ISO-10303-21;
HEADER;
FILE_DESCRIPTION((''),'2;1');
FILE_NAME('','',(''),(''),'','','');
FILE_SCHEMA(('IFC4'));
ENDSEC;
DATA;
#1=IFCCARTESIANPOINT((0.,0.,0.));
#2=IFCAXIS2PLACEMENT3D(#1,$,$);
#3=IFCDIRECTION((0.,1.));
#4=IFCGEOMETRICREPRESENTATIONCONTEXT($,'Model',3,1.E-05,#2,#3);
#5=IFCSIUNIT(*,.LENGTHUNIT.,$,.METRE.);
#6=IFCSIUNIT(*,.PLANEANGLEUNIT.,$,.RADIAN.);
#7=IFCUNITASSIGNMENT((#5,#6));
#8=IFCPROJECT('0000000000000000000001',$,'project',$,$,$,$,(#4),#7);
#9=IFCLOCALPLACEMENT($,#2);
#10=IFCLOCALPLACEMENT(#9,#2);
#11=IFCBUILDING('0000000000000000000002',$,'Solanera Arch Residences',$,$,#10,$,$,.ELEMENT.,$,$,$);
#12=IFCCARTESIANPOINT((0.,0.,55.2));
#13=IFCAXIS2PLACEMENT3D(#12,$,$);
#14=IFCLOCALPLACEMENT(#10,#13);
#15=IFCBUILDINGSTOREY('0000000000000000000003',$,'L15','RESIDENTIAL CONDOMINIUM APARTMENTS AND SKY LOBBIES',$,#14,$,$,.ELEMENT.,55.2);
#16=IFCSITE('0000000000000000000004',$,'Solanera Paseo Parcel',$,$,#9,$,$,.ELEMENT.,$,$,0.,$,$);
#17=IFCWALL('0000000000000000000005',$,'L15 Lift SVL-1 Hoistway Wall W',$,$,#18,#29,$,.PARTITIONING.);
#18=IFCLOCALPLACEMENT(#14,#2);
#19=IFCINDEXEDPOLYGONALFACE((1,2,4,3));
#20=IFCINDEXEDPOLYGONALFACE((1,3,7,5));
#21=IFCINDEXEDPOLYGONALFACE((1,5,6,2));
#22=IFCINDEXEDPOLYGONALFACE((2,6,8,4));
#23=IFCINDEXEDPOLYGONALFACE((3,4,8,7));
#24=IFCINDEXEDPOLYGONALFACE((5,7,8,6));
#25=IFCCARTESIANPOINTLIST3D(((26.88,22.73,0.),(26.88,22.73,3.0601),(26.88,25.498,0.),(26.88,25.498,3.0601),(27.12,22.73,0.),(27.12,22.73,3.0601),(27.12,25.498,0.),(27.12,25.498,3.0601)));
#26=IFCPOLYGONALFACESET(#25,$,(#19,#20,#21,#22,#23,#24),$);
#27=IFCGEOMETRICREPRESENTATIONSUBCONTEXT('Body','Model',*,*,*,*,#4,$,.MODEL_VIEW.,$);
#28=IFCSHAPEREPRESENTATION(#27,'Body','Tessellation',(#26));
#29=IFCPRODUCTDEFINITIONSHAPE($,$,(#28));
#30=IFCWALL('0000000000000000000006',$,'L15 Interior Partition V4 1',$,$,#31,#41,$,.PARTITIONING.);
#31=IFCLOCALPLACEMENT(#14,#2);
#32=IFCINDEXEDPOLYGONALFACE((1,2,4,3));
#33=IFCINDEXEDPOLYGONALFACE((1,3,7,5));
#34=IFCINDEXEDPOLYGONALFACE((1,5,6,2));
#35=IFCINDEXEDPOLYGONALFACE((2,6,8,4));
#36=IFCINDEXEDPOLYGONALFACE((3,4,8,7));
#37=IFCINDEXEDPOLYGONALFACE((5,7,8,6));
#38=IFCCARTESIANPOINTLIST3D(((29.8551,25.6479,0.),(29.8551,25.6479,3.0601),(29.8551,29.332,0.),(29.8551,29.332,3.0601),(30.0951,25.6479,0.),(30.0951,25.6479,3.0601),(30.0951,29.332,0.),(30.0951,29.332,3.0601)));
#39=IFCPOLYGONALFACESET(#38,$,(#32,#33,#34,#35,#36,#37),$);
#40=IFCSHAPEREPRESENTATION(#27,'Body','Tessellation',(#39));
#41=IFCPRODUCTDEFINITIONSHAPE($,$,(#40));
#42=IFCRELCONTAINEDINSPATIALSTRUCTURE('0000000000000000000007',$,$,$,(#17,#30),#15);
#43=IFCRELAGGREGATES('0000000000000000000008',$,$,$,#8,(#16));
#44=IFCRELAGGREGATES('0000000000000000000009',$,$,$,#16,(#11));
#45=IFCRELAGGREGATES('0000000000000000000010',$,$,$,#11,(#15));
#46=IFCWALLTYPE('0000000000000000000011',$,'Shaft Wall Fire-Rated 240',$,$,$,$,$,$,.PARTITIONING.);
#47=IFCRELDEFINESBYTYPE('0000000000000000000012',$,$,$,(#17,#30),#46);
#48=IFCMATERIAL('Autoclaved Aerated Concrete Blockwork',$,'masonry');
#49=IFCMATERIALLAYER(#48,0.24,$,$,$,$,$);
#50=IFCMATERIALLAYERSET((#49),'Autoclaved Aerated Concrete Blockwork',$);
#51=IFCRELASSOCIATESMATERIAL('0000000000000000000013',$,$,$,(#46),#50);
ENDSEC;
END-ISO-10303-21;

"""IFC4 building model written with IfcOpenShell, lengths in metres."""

from ifc_helpers import new_model, si_unit, direction, frame, frame_2d, origin, place, context, subcontext, project, spatial, rectangle, extrude, material, layer, layer_set, type_object, element, save


model = new_model("IFC4")

# Units and contexts
model_context = context("Model", 3, precision=1e-05, world=origin(), true_north=direction((0.0, 1.0)))
body_context = subcontext(model_context, "Body", "Model", "MODEL_VIEW")
ifc_project = project(units=[si_unit("LENGTHUNIT", "METRE"), si_unit("PLANEANGLEUNIT", "RADIAN")], contexts=[model_context])

# Site, building, storey
site_placement = place(None, origin())
site = spatial("IfcSite", under=ifc_project, at=site_placement, Name="Solanera Paseo Parcel", CompositionType="ELEMENT", RefElevation=0.0)
building_placement = place(site_placement, origin())
building = spatial("IfcBuilding", under=site, at=building_placement, Name="Solanera Arch Residences", CompositionType="ELEMENT")
storey_placement = place(building_placement, frame((0.0, 0.0, 55.2)))
storey = spatial("IfcBuildingStorey", under=building, at=storey_placement, Name="L15", Description="RESIDENTIAL CONDOMINIUM APARTMENTS AND SKY LOBBIES", CompositionType="ELEMENT", Elevation=55.2)

# Walls
ifc_material_1 = material(Name="Autoclaved Aerated Concrete Blockwork", Category="masonry")
ifc_layer_1 = layer(ifc_material_1, 0.24)
ifc_layer_set_1 = layer_set([ifc_layer_1], Name="Autoclaved Aerated Concrete Blockwork")
wall_type_1 = type_object("IfcWallType", Name="Shaft Wall Fire-Rated 240", PredefinedType="PARTITIONING", material=ifc_layer_set_1)
wall_1_placement = place(storey_placement, frame((27.0, 22.73, 0.0), z_axis=(0.0, 0.0, 1.0), x_axis=(0.0, 1.0, 0.0)))
element("IfcWall", 1, at=wall_1_placement, inside=storey, type_object=wall_type_1, Name="L15 Lift SVL-1 Hoistway Wall W", PredefinedType="PARTITIONING", context=body_context, shape_type="SweptSolid", body=[
    extrude(rectangle(XDim=2.7681, YDim=0.24, at=frame_2d((1.384, 0.0))), origin(), (0.0, 0.0, 1.0), 3.0601),
])
wall_2_placement = place(storey_placement, frame((29.9751, 25.6479, 0.0), z_axis=(0.0, 0.0, 1.0), x_axis=(0.0, 1.0, 0.0)))
element("IfcWall", 2, at=wall_2_placement, inside=storey, type_object=wall_type_1, Name="L15 Interior Partition V4 1", PredefinedType="PARTITIONING", context=body_context, shape_type="SweptSolid", body=[
    extrude(rectangle(XDim=3.6841, YDim=0.24, at=frame_2d((1.842, 0.0))), origin(), (0.0, 0.0, 1.0), 3.0601),
])

save(model, "model.ifc")
